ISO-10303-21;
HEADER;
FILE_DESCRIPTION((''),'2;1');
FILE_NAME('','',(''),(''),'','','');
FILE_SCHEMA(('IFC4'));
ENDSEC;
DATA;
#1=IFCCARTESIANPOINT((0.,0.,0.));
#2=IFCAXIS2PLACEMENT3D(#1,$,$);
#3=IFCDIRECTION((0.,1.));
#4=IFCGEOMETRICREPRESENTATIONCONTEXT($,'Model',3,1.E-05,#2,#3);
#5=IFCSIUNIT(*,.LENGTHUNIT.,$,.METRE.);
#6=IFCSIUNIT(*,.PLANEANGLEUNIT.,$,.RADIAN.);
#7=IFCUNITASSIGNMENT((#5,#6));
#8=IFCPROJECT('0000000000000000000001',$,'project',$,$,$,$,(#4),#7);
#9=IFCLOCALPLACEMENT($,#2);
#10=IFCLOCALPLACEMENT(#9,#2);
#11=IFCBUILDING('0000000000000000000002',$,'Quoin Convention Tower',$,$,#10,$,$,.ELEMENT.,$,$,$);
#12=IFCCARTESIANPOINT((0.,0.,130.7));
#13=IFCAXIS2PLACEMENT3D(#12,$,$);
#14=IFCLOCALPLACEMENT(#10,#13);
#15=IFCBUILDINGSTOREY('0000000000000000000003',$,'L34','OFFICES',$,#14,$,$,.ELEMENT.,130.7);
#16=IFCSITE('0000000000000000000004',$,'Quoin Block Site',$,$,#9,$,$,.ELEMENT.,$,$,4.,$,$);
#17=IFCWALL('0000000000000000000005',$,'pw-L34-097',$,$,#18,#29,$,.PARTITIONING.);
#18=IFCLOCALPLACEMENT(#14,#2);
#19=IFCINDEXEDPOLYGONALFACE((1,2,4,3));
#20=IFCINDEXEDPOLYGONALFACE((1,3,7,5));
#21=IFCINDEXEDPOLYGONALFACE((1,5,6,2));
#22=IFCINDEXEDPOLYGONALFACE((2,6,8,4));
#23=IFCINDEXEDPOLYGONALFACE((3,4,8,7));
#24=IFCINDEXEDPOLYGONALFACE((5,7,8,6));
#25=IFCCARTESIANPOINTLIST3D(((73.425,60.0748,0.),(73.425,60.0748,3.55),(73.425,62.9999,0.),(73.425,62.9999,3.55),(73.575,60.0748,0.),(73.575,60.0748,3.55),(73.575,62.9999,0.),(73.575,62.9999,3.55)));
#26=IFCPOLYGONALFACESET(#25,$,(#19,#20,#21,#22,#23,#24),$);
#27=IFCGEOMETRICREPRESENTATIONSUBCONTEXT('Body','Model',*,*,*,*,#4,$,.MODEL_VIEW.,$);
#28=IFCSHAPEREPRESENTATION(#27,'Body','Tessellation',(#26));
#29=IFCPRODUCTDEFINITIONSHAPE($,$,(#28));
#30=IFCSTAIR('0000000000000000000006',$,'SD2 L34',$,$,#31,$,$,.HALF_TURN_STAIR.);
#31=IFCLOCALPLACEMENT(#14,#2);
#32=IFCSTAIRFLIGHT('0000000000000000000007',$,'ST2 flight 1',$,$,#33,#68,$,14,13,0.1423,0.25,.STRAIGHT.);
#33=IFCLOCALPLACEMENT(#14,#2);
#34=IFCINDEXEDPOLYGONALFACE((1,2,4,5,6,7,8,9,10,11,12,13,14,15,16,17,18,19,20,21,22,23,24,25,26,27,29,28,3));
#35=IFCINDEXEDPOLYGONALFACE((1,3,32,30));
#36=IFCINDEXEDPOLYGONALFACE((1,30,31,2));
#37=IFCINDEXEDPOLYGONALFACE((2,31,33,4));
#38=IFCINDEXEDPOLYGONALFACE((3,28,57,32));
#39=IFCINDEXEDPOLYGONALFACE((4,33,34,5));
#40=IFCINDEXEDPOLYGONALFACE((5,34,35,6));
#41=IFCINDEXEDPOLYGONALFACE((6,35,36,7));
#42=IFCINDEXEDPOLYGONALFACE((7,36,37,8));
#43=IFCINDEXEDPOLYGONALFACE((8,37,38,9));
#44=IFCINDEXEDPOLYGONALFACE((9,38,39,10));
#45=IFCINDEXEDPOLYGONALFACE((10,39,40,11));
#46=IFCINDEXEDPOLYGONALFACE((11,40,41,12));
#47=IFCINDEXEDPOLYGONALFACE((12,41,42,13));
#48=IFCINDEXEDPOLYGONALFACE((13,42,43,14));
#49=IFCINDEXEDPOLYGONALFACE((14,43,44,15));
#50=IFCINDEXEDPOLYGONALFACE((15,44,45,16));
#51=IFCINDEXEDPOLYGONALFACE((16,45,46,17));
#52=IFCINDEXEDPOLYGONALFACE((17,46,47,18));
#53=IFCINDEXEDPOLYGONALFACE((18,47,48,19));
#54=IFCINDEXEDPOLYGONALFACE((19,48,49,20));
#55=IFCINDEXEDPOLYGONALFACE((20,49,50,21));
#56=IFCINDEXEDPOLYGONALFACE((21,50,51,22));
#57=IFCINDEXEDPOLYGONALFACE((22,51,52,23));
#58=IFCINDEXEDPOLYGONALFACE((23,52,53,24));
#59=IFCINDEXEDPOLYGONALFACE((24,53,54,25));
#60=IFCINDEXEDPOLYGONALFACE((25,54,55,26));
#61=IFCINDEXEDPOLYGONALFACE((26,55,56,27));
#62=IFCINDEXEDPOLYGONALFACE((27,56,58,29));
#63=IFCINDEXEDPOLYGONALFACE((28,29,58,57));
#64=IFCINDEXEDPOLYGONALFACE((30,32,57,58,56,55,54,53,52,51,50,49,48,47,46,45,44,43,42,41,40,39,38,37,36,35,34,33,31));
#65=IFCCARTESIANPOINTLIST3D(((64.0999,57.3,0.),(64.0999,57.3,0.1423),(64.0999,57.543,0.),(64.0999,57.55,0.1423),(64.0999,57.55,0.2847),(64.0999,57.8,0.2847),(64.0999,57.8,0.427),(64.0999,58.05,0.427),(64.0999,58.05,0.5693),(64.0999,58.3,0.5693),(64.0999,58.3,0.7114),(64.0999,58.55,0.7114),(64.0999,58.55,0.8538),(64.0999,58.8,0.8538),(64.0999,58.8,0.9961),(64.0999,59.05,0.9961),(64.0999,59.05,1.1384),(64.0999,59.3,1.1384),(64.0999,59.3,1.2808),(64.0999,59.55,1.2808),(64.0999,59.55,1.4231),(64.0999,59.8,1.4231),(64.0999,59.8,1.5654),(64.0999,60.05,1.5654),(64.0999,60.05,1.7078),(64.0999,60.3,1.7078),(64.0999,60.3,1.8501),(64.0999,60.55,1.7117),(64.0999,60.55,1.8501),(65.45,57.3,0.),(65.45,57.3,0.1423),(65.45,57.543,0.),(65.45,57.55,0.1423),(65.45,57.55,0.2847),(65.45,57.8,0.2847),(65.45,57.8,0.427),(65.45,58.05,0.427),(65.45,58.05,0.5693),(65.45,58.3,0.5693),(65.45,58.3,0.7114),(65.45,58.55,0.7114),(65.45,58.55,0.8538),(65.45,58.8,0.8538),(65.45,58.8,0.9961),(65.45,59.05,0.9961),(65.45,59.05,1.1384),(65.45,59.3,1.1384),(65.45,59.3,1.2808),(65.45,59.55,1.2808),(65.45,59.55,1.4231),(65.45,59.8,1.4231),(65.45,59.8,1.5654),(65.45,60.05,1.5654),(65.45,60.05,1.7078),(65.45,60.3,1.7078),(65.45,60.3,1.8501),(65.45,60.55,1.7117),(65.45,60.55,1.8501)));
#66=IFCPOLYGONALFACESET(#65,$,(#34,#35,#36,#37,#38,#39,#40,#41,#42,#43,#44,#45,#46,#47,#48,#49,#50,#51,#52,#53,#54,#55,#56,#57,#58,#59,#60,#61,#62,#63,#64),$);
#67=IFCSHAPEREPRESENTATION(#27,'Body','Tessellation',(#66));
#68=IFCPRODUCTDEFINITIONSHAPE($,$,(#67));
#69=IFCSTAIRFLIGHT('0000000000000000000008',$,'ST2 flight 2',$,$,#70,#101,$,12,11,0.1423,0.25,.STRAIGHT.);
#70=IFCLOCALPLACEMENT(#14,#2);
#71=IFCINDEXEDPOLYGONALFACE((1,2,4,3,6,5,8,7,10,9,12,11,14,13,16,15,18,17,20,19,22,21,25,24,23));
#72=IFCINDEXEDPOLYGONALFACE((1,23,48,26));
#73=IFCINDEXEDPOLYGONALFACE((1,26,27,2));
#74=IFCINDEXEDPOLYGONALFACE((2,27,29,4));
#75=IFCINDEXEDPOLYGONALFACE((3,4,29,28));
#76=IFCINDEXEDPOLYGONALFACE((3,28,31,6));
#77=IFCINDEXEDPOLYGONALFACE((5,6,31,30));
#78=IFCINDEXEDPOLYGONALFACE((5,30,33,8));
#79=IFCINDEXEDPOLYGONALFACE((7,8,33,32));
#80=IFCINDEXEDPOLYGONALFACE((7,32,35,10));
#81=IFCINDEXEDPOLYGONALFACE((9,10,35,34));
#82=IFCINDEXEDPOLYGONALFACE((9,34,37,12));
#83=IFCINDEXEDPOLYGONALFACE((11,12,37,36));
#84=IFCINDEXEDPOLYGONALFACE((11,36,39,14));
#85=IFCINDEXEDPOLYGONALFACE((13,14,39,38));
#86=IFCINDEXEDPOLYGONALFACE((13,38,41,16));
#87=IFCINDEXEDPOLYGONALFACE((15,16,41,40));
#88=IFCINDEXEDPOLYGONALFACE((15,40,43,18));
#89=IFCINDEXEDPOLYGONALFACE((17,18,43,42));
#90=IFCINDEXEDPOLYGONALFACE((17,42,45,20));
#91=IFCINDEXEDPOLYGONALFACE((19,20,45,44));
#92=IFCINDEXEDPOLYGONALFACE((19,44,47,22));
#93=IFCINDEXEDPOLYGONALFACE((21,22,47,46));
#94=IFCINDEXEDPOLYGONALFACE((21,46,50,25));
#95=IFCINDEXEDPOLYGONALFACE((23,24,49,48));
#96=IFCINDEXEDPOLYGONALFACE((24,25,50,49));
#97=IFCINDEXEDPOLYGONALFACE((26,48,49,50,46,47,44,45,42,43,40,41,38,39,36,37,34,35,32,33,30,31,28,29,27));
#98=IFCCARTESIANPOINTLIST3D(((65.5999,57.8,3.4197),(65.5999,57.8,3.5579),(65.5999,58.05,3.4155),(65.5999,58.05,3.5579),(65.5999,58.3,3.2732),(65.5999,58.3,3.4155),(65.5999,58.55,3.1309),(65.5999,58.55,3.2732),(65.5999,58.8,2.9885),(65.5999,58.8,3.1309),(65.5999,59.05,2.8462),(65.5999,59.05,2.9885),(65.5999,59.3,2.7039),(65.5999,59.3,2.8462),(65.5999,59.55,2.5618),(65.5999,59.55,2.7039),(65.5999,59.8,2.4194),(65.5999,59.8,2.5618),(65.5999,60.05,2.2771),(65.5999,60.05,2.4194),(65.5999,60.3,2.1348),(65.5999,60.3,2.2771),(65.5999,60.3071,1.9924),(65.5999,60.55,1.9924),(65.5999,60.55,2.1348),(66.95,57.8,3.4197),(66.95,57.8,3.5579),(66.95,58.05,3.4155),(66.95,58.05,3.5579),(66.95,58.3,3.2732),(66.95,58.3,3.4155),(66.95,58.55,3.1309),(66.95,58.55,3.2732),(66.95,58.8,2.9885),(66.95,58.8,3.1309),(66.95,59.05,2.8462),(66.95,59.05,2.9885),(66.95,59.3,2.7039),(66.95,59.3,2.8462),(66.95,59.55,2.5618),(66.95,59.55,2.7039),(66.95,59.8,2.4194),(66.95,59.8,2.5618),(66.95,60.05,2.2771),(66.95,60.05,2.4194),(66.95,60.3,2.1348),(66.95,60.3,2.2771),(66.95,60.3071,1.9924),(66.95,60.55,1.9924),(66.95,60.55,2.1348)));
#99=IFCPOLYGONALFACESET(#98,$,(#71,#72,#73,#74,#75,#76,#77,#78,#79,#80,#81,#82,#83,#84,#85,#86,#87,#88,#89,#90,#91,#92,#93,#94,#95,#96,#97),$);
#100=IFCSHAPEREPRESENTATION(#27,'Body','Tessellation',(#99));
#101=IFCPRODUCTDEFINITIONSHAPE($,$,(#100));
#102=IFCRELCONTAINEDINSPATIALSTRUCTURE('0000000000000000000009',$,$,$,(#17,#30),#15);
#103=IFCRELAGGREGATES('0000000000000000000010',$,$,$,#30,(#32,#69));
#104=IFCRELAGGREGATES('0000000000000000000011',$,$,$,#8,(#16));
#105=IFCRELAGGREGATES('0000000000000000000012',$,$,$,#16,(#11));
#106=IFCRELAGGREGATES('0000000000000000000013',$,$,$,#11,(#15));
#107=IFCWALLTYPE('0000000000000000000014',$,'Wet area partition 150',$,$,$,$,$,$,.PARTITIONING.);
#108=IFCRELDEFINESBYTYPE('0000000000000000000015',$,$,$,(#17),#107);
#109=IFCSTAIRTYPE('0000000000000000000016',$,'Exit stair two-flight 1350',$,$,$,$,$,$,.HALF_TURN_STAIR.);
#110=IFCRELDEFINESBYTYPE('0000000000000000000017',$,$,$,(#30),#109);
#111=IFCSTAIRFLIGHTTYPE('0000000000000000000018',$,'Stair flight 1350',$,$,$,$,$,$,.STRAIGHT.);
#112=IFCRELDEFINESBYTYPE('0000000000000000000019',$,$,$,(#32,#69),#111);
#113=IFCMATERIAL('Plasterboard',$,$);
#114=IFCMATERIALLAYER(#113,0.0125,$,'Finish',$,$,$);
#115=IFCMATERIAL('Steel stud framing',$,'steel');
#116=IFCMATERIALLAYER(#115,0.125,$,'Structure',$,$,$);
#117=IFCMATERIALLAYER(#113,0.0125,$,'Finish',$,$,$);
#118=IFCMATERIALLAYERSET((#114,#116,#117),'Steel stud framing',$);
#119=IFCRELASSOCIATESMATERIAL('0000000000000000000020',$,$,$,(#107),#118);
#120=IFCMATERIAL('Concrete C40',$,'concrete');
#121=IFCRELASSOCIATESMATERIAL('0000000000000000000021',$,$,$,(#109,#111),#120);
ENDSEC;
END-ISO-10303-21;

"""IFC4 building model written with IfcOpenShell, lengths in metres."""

from ifc_helpers import new_model, si_unit, direction, frame, frame_2d, origin, place, context, subcontext, project, spatial, polyline, rectangle, outline, extrude, material, layer, layer_set, type_object, element, aggregate, save


model = new_model("IFC4")

# Units and contexts
model_context = context("Model", 3, precision=1e-05, world=origin(), true_north=direction((0.0, 1.0)))
body_context = subcontext(model_context, "Body", "Model", "MODEL_VIEW")
ifc_project = project(units=[si_unit("LENGTHUNIT", "METRE"), si_unit("PLANEANGLEUNIT", "RADIAN")], contexts=[model_context])

# Site, building, storey
site_placement = place(None, origin())
site = spatial("IfcSite", under=ifc_project, at=site_placement, Name="Quoin Block Site", CompositionType="ELEMENT", RefElevation=4.0)
building_placement = place(site_placement, origin())
building = spatial("IfcBuilding", under=site, at=building_placement, Name="Quoin Convention Tower", CompositionType="ELEMENT")
storey_placement = place(building_placement, frame((0.0, 0.0, 130.7)))
storey = spatial("IfcBuildingStorey", under=building, at=storey_placement, Name="L34", Description="OFFICES", CompositionType="ELEMENT", Elevation=130.7)

# Shared definitions
ifc_material_1 = material(Name="Plasterboard")
ifc_material_2 = material(Name="Steel stud framing", Category="steel")

# Shared definitions
ifc_layer_1 = layer(ifc_material_1, 0.0125, Name="Finish")
ifc_layer_2 = layer(ifc_material_2, 0.125, Name="Structure")
ifc_layer_3 = layer(ifc_material_1, 0.0125, Name="Finish")
ifc_layer_set_1 = layer_set([ifc_layer_1, ifc_layer_2, ifc_layer_3], Name="Steel stud framing")
wall_type_1 = type_object("IfcWallType", Name="Wet area partition 150", PredefinedType="PARTITIONING", material=ifc_layer_set_1)

# Wall
wall_1_placement = place(storey_placement, frame((73.5, 60.075, 0.0), z_axis=(0.0, 0.0, 1.0), x_axis=(0.0, 1.0, 0.0)))
element("IfcWall", 1, at=wall_1_placement, inside=storey, type_object=wall_type_1, Name="pw-L34-097", PredefinedType="PARTITIONING", context=body_context, shape_type="SweptSolid", body=[
    extrude(rectangle(XDim=2.925, YDim=0.1499, at=frame_2d((1.4624, 0.0))), origin(), (0.0, 0.0, 1.0), 3.55),
])

# Stair, stair flights
ifc_material_3 = material(Name="Concrete C40", Category="concrete")
stair_type = type_object("IfcStairType", Name="Exit stair two-flight 1350", PredefinedType="HALF_TURN_STAIR", material=ifc_material_3)
stair_placement = place(storey_placement, origin())
stair = element("IfcStair", 2, at=stair_placement, inside=storey, type_object=stair_type, Name="SD2 L34", PredefinedType="HALF_TURN_STAIR")
stair_flight_type = type_object("IfcStairFlightType", Name="Stair flight 1350", PredefinedType="STRAIGHT", material=ifc_material_3)
stair_flight_1_placement = place(storey_placement, frame((64.7749, 57.3, 0.0), z_axis=(0.0, 0.0, 1.0), x_axis=(0.0, 1.0, 0.0)))
stair_flight_1 = element("IfcStairFlight", 3, at=stair_flight_1_placement, type_object=stair_flight_type, Name="ST2 flight 1", NumberOfRisers=14, NumberOfTreads=13, PredefinedType="STRAIGHT", RiserHeight=0.1423, TreadLength=0.25, context=body_context, shape_type="SweptSolid", body=[
    extrude(outline(polyline([(0.0, 0.0), (0.0, 0.1423), (0.25, 0.1423), (0.25, 0.2847), (0.5, 0.2847), (0.5, 0.427), (0.75, 0.427), (0.75, 0.5693), (1.0, 0.5693), (1.0, 0.7114), (1.25, 0.7114), (1.25, 0.8538), (1.5, 0.8538), (1.5, 0.9961), (1.75, 0.9961), (1.75, 1.1384), (2.0, 1.1384), (2.0, 1.2808), (2.25, 1.2808), (2.25, 1.4231), (2.5, 1.4231), (2.5, 1.5654), (2.75, 1.5654), (2.75, 1.7078), (3.0, 1.7078), (3.0, 1.8501), (3.25, 1.8501), (3.25, 1.9922), (3.25, 1.7117), (0.2429, 0.0), (0.0, 0.0)])), frame((0.0, 0.675, 0.0), z_axis=(0.0, -1.0, 0.0), x_axis=(1.0, 0.0, 0.0)), (0.0, 0.0, 1.0), 1.3501),
])
stair_flight_2_placement = place(storey_placement, frame((66.2749, 60.55, 1.9924), z_axis=(0.0, 0.0, 1.0), x_axis=(0.0, -1.0, 0.0)))
stair_flight_2 = element("IfcStairFlight", 4, at=stair_flight_2_placement, type_object=stair_flight_type, Name="ST2 flight 2", NumberOfRisers=12, NumberOfTreads=11, PredefinedType="STRAIGHT", RiserHeight=0.1423, TreadLength=0.25, context=body_context, shape_type="SweptSolid", body=[
    extrude(outline(polyline([(0.0, 0.0), (0.0, 0.1423), (0.25, 0.1423), (0.25, 0.2847), (0.5, 0.2847), (0.5, 0.427), (0.75, 0.427), (0.75, 0.5693), (1.0, 0.5693), (1.0, 0.7114), (1.25, 0.7114), (1.25, 0.8538), (1.5, 0.8538), (1.5, 0.9961), (1.75, 0.9961), (1.75, 1.1384), (2.0, 1.1384), (2.0, 1.2808), (2.25, 1.2808), (2.25, 1.4231), (2.5, 1.4231), (2.5, 1.5654), (2.75, 1.5654), (2.75, 1.7078), (2.75, 1.4272), (0.2429, 0.0), (0.0, 0.0)])), frame((0.0, 0.675, 0.0), z_axis=(0.0, -1.0, 0.0), x_axis=(1.0, 0.0, 0.0)), (0.0, 0.0, 1.0), 1.3501),
])
aggregate(stair, [stair_flight_1, stair_flight_2])

save(model, "model.ifc")
